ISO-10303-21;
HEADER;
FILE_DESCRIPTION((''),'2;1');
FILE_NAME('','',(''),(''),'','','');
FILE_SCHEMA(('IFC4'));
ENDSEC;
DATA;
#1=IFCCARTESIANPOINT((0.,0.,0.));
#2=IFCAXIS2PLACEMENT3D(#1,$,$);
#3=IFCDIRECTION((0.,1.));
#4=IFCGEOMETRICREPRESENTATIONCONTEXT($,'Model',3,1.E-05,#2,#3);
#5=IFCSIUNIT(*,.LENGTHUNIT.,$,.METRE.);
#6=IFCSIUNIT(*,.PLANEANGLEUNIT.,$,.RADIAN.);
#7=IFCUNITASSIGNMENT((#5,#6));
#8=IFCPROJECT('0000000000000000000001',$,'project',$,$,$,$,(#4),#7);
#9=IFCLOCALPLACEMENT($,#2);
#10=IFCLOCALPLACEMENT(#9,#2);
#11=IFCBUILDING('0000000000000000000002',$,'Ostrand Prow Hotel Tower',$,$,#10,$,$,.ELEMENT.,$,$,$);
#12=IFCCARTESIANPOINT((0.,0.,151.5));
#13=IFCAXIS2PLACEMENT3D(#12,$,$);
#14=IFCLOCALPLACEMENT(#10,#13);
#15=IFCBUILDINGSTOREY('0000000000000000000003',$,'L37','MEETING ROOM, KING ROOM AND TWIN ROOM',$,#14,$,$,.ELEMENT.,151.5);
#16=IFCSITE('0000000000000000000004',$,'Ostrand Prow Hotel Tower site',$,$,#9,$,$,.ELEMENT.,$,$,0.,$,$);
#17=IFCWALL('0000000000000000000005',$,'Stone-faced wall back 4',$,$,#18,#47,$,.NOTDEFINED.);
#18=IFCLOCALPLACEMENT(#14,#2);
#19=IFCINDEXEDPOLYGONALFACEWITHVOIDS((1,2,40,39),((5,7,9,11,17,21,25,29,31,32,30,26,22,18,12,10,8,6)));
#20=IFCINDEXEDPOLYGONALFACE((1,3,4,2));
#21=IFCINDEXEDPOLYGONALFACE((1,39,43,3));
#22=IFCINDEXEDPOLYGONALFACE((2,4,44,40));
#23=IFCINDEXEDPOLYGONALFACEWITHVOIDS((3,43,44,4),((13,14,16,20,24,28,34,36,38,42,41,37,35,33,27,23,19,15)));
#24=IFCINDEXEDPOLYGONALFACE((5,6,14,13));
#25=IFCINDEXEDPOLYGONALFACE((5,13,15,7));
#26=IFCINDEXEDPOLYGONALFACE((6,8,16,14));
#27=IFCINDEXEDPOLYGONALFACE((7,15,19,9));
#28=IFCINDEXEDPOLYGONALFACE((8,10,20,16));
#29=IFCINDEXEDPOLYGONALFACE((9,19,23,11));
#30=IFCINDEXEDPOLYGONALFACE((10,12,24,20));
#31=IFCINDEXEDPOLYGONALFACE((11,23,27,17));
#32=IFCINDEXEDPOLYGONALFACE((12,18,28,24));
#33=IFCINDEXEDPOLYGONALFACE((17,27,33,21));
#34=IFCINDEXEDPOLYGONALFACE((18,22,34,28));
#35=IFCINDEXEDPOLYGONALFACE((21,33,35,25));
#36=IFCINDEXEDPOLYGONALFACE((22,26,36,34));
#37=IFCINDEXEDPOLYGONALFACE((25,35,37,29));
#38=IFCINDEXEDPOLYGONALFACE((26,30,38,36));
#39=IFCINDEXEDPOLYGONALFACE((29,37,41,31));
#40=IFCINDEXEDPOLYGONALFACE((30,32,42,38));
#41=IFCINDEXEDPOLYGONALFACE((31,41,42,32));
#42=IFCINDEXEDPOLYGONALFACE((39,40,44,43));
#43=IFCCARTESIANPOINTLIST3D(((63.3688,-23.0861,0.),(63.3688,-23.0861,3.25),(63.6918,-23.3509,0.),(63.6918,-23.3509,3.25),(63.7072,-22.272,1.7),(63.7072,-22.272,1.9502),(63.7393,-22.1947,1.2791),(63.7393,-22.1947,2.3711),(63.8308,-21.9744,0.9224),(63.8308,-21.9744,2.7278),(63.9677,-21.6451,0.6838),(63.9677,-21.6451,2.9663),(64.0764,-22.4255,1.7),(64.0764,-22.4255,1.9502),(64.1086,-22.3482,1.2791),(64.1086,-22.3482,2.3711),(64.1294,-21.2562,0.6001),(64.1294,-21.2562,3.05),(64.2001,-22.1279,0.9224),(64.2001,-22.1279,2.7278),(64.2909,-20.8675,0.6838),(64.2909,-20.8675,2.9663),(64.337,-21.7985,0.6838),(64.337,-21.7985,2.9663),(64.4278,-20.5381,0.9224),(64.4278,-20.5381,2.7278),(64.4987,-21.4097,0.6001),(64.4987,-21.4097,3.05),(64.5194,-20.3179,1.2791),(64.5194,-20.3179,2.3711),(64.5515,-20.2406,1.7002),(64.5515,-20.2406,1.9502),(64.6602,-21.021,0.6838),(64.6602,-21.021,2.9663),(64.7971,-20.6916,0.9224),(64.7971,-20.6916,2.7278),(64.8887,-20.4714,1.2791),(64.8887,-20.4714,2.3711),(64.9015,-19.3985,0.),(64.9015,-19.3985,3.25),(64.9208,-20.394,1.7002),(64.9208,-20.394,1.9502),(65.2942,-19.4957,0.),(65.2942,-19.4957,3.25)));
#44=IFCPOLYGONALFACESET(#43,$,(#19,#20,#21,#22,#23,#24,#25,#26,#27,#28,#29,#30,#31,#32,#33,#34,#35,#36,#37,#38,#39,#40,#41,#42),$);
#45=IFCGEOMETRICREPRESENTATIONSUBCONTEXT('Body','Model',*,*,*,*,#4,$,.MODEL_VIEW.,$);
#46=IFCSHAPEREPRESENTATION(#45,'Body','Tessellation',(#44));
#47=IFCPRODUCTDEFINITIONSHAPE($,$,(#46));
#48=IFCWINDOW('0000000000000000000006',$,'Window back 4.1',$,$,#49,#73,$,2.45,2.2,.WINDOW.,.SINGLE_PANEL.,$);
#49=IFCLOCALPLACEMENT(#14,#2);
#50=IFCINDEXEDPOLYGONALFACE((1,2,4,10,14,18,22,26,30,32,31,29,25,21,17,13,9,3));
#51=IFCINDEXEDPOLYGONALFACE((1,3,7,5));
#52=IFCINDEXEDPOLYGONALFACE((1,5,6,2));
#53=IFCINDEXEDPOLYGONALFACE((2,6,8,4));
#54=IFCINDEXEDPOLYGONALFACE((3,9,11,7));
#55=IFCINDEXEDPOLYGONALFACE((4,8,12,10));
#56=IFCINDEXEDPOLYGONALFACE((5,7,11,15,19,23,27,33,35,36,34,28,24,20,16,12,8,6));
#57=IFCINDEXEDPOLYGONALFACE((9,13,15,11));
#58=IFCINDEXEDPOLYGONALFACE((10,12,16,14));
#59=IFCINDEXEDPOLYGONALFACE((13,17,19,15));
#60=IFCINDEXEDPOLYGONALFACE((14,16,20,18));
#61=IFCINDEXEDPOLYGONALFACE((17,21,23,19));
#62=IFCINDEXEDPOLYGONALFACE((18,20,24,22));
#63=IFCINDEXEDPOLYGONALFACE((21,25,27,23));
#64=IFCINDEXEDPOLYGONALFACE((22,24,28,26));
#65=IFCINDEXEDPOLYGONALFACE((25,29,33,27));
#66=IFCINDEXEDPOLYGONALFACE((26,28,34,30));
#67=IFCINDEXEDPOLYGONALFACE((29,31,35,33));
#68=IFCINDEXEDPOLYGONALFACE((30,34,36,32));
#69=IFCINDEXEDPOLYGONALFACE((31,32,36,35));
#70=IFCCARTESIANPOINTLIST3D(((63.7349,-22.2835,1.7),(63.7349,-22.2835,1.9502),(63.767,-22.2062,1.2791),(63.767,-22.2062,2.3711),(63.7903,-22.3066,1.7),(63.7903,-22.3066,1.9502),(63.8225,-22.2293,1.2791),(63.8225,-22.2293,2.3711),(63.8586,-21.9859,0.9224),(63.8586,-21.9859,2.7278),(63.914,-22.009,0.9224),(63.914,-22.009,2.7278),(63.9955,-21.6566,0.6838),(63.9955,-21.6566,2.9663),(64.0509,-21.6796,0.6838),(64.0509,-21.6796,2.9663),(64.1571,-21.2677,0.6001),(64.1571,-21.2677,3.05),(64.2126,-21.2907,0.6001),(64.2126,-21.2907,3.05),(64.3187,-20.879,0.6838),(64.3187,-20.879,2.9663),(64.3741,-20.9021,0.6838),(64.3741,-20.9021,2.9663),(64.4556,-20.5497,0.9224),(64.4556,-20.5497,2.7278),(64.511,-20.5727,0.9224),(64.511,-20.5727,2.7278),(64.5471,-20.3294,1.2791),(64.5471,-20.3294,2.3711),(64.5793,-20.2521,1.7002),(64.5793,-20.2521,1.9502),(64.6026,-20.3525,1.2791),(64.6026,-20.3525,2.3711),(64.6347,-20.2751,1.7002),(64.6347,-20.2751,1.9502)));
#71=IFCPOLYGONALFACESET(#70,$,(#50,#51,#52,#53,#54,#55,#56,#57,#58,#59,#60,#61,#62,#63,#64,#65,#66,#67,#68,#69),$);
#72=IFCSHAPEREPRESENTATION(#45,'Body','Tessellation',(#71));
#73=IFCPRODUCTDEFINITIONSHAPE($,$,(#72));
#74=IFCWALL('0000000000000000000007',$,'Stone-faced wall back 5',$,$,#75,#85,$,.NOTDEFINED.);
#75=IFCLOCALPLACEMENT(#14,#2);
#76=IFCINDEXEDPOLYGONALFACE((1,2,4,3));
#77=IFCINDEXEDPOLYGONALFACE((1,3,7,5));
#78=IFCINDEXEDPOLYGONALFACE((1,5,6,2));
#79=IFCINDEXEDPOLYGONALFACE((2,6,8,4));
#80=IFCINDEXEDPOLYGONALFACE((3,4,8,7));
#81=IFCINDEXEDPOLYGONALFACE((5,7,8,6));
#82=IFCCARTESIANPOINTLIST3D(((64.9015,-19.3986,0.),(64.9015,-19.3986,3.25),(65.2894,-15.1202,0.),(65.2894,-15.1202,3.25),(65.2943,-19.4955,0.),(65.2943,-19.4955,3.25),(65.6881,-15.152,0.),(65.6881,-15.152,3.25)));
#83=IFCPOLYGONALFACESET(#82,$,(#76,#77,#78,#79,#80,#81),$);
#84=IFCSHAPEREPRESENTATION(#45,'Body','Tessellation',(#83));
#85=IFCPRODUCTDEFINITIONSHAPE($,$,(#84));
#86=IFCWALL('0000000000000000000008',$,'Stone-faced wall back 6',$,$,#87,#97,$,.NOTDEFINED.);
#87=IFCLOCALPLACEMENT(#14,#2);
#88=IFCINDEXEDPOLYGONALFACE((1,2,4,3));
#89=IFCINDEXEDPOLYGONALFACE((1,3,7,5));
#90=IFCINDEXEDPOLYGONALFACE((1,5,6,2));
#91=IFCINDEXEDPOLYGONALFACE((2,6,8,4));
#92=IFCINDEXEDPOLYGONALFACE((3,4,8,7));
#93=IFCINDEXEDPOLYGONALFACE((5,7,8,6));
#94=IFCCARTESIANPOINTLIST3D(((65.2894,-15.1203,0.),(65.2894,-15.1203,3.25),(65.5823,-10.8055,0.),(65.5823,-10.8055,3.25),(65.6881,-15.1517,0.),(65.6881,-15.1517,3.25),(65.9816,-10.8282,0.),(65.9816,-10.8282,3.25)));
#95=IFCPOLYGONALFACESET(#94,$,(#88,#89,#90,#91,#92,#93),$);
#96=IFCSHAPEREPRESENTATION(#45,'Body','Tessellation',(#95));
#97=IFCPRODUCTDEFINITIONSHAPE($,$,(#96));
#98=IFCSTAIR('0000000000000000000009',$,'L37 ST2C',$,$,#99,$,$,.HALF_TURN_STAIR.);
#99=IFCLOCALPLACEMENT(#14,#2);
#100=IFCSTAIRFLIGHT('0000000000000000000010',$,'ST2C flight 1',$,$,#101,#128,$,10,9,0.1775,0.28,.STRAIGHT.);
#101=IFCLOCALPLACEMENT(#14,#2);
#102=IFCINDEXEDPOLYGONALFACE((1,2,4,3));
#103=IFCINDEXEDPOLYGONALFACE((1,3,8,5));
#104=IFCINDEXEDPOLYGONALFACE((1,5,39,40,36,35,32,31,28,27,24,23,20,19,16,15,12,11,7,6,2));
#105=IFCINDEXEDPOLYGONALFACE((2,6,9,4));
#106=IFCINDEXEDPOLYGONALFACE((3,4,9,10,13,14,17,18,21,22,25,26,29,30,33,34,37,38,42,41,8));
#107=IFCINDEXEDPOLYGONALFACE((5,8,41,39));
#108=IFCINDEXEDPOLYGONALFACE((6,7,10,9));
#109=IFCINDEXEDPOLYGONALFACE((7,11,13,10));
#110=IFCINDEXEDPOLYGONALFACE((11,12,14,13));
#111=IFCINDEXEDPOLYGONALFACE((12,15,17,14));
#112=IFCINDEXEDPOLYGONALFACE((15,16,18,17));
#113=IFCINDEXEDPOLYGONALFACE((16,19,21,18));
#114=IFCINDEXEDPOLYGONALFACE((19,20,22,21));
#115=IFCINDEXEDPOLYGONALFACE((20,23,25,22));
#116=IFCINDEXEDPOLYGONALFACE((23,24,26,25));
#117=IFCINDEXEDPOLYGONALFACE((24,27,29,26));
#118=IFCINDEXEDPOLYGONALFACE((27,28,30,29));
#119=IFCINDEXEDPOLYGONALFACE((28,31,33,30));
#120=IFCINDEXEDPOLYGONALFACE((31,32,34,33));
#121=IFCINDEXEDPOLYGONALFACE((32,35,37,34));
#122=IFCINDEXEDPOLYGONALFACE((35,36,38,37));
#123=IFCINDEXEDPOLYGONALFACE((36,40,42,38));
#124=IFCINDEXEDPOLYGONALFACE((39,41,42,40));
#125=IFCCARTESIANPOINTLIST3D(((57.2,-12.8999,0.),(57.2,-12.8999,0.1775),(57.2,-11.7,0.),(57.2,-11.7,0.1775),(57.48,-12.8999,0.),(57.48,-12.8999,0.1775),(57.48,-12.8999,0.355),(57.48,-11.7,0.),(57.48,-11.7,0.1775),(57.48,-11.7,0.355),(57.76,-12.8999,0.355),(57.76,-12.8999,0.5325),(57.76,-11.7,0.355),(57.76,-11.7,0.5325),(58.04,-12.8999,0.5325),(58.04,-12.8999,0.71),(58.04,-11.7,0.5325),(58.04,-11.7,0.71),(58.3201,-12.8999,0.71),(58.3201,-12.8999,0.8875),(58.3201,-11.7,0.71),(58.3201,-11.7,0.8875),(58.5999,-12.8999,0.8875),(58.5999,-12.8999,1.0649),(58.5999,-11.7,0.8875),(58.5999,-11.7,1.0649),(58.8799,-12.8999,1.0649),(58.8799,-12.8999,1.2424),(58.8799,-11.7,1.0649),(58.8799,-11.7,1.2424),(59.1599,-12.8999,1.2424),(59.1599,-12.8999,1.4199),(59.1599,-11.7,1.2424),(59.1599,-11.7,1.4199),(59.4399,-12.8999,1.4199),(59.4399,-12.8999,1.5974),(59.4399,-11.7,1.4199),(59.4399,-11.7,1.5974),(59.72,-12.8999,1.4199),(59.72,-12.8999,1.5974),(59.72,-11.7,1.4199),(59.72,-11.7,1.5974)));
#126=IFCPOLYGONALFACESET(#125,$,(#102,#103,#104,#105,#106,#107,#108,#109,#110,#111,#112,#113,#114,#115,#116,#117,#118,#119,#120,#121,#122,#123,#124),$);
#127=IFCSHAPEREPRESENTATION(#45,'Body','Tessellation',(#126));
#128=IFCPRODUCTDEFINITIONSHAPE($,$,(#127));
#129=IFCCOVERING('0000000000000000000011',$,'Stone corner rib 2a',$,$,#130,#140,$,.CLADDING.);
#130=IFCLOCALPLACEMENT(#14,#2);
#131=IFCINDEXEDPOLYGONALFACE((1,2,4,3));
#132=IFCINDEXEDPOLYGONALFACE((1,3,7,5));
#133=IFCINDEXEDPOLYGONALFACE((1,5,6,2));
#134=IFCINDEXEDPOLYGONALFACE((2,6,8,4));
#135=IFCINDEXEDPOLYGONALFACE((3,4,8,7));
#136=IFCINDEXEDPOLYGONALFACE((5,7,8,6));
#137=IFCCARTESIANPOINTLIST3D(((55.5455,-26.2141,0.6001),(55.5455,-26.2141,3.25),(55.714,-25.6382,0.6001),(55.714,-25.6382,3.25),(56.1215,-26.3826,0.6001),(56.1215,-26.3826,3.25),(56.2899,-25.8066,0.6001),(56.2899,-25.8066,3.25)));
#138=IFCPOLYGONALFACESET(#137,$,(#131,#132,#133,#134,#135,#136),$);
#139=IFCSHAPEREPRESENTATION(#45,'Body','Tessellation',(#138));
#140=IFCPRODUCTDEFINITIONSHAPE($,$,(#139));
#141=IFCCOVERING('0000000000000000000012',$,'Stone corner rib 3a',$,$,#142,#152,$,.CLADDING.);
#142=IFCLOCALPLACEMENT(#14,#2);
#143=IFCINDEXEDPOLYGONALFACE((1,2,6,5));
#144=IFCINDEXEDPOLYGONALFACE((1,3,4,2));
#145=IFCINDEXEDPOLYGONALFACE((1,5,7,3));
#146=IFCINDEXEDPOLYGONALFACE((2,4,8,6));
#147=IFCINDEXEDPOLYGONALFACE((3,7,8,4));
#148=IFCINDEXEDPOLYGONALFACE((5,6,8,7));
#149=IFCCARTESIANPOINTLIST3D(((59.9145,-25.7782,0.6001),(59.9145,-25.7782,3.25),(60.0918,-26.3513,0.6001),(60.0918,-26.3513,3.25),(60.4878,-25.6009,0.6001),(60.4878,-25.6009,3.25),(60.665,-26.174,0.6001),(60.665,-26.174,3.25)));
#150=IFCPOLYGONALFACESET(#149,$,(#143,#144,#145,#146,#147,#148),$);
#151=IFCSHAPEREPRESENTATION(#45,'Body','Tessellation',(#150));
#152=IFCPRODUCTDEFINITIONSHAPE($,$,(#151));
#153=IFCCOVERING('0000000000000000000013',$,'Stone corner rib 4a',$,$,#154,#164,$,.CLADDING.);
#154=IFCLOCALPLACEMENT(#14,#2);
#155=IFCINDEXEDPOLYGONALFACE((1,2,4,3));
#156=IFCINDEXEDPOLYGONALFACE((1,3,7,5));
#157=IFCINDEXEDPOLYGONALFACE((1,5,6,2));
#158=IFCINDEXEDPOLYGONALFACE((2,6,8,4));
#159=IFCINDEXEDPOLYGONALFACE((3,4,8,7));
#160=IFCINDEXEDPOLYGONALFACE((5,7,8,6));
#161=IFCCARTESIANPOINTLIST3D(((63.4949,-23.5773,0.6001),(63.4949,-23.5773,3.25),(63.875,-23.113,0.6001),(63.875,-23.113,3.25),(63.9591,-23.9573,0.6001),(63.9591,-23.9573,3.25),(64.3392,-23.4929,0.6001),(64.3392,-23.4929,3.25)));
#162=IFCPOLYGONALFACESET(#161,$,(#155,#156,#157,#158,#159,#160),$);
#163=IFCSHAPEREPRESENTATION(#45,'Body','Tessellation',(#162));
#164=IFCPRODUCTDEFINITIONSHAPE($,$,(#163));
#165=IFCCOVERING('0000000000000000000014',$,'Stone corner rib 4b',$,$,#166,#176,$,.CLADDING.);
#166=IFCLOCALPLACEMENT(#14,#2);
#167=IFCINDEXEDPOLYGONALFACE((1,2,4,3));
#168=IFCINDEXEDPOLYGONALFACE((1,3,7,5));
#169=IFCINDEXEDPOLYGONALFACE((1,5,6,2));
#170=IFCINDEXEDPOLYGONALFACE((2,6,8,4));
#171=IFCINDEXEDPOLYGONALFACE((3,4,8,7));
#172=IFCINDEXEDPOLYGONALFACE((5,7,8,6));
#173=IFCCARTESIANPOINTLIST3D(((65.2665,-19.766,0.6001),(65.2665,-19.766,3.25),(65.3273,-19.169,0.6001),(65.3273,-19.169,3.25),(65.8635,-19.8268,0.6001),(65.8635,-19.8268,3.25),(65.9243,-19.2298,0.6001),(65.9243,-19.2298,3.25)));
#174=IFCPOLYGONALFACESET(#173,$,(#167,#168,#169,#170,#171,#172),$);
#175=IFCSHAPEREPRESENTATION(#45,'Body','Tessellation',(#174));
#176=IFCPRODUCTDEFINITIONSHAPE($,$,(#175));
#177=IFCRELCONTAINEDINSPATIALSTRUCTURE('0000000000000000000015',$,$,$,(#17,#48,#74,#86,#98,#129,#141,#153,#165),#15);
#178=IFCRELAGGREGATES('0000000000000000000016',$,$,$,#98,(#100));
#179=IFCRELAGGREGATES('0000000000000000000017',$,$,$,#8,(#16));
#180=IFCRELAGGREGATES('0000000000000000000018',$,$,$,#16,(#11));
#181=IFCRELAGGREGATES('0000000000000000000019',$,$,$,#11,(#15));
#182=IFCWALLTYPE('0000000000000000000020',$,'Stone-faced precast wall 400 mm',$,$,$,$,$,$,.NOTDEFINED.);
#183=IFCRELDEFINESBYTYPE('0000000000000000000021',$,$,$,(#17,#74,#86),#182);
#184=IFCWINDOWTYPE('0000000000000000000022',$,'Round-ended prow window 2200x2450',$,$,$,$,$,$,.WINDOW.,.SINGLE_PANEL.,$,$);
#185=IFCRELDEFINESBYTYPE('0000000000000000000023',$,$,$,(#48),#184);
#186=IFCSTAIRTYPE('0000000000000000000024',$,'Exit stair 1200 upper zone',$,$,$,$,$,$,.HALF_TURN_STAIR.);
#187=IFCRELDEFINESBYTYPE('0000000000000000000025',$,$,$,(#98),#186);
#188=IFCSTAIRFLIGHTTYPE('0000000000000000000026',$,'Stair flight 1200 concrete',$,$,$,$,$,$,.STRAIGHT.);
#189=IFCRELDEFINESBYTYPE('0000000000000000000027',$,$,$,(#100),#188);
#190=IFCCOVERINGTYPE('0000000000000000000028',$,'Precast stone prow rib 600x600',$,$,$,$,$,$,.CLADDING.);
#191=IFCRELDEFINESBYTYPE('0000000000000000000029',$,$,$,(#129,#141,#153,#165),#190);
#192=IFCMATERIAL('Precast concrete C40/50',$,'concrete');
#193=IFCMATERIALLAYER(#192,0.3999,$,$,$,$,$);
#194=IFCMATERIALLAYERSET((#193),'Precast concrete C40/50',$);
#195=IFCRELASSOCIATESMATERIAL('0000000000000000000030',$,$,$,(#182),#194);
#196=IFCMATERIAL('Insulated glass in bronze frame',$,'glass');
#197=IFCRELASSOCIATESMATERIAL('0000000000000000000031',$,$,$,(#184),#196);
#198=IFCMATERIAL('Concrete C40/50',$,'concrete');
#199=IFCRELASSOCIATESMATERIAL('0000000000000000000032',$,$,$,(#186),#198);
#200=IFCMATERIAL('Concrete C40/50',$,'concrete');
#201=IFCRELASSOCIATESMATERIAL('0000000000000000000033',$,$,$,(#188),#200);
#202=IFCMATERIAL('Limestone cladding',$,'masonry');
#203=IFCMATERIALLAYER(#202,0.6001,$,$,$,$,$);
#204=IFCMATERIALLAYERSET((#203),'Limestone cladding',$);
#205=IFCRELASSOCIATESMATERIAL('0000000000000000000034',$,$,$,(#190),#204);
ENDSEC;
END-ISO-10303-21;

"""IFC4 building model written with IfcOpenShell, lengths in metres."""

from ifc_helpers import new_model, si_unit, direction, frame, frame_2d, origin, place, context, subcontext, project, spatial, polyline, rectangle, outline, extrude, material, layer, layer_set, type_object, element, fill, aggregate, save


model = new_model("IFC4")

# Units and contexts
model_context = context("Model", 3, precision=1e-05, world=origin(), true_north=direction((0.0, 1.0)))
body_context = subcontext(model_context, "Body", "Model", "MODEL_VIEW")
ifc_project = project(units=[si_unit("LENGTHUNIT", "METRE"), si_unit("PLANEANGLEUNIT", "RADIAN")], contexts=[model_context])

# Site, building, storey
site_placement = place(None, origin())
site = spatial("IfcSite", under=ifc_project, at=site_placement, Name="Ostrand Prow Hotel Tower site", CompositionType="ELEMENT", RefElevation=0.0)
building_placement = place(site_placement, origin())
building = spatial("IfcBuilding", under=site, at=building_placement, Name="Ostrand Prow Hotel Tower", CompositionType="ELEMENT")
storey_placement = place(building_placement, frame((0.0, 0.0, 151.5)))
storey = spatial("IfcBuildingStorey", under=building, at=storey_placement, Name="L37", Description="MEETING ROOM, KING ROOM AND TWIN ROOM", CompositionType="ELEMENT", Elevation=151.5)

# Wall, opening, window
ifc_material_1 = material(Name="Precast concrete C40/50", Category="concrete")
ifc_layer_1 = layer(ifc_material_1, 0.3999)
ifc_layer_set_1 = layer_set([ifc_layer_1], Name="Precast concrete C40/50")
wall_type_1 = type_object("IfcWallType", Name="Stone-faced precast wall 400 mm", PredefinedType="NOTDEFINED", material=ifc_layer_set_1)
ifc_material_2 = material(Name="Insulated glass in bronze frame", Category="glass")
window_type = type_object("IfcWindowType", Name="Round-ended prow window 2200x2450", PartitioningType="SINGLE_PANEL", PredefinedType="WINDOW", material=ifc_material_2)
wall_1_placement = place(storey_placement, frame((63.5303, -23.2185, 0.0), z_axis=(0.0, 0.0, 1.0), x_axis=(0.383817, 0.923409, 0.0)))
wall_1 = element("IfcWall", 1, at=wall_1_placement, inside=storey, type_object=wall_type_1, Name="Stone-faced wall back 4", PredefinedType="NOTDEFINED", context=body_context, shape_type="SweptSolid", body=[
    extrude(outline(polyline([(-0.0603, -0.2), (4.1147, -0.2), (4.0537, 0.2), (0.0603, 0.2), (-0.0603, -0.2)])), origin(), (0.0, 0.0, 1.0), 3.25),
])
opening_1_placement = place(wall_1_placement, frame((0.9419, 0.0, 0.6001)))
opening_1 = element("IfcOpeningElement", 2, at=opening_1_placement, cuts=wall_1, PredefinedType="OPENING", context=body_context, shape_type="SweptSolid", body=[
    extrude(outline(polyline([(0.0, 1.3501), (0.0837, 1.771), (0.3223, 2.1277), (0.679, 2.3662), (1.1001, 2.45), (1.521, 2.3662), (1.8777, 2.1277), (2.1162, 1.771), (2.2, 1.3501), (2.2, 1.1001), (2.1162, 0.679), (1.8777, 0.3223), (1.521, 0.0837), (1.1001, 0.0), (0.679, 0.0837), (0.3223, 0.3223), (0.0837, 0.679), (0.0, 1.0999), (0.0, 1.3501)])), frame((0.0, 0.21, 0.0), z_axis=(0.0, -1.0, 0.0), x_axis=(1.0, 0.0, 0.0)), (0.0, 0.0, 1.0), 0.4199),
])
window_1_placement = place(opening_1_placement, origin())
window_1 = element("IfcWindow", 3, at=window_1_placement, inside=storey, type_object=window_type, Name="Window back 4.1", OverallHeight=2.45, OverallWidth=2.2, PartitioningType="SINGLE_PANEL", PredefinedType="WINDOW", context=body_context, shape_type="SweptSolid", body=[
    extrude(outline(polyline([(0.0, 1.3501), (0.0837, 1.771), (0.3223, 2.1277), (0.679, 2.3662), (1.1001, 2.45), (1.521, 2.3662), (1.8777, 2.1277), (2.1162, 1.771), (2.2, 1.3501), (2.2, 1.1001), (2.1162, 0.679), (1.8777, 0.3223), (1.521, 0.0837), (1.1001, 0.0), (0.679, 0.0837), (0.3223, 0.3223), (0.0837, 0.679), (0.0, 1.0999), (0.0, 1.3501)])), frame((0.0, 0.1699, 0.0), z_axis=(0.0, -1.0, 0.0), x_axis=(1.0, 0.0, 0.0)), (0.0, 0.0, 1.0), 0.0601),
])
fill(opening_1, window_1)

# Walls
wall_2_placement = place(storey_placement, frame((65.0979, -19.447, 0.0), z_axis=(0.0, 0.0, 1.0), x_axis=(0.090297, 0.995915, 0.0)))
element("IfcWall", 4, at=wall_2_placement, inside=storey, type_object=wall_type_1, Name="Stone-faced wall back 5", PredefinedType="NOTDEFINED", context=body_context, shape_type="SweptSolid", body=[
    extrude(outline(polyline([(-0.0305, -0.2), (4.3308, -0.2), (4.3264, 0.2), (0.0305, 0.2), (-0.0305, -0.2)])), origin(), (0.0, 0.0, 1.0), 3.25),
])
wall_3_placement = place(storey_placement, frame((65.4888, -15.136, 0.0), z_axis=(0.0, 0.0, 1.0), x_axis=(0.067732, 0.997704, 0.0)))
element("IfcWall", 5, at=wall_3_placement, inside=storey, type_object=wall_type_1, Name="Stone-faced wall back 6", PredefinedType="NOTDEFINED", context=body_context, shape_type="SweptSolid", body=[
    extrude(outline(polyline([(-0.0022, -0.2), (4.3313, -0.2), (4.3269, 0.2), (0.0022, 0.2), (-0.0022, -0.2)])), origin(), (0.0, 0.0, 1.0), 3.25),
])

# Stair, stair flight
ifc_material_3 = material(Name="Concrete C40/50", Category="concrete")
stair_type = type_object("IfcStairType", Name="Exit stair 1200 upper zone", PredefinedType="HALF_TURN_STAIR", material=ifc_material_3)
stair_placement = place(storey_placement, origin())
stair = element("IfcStair", 6, at=stair_placement, inside=storey, type_object=stair_type, Name="L37 ST2C", PredefinedType="HALF_TURN_STAIR")
ifc_material_4 = material(Name="Concrete C40/50", Category="concrete")
stair_flight_type = type_object("IfcStairFlightType", Name="Stair flight 1200 concrete", PredefinedType="STRAIGHT", material=ifc_material_4)
stair_flight_placement = place(storey_placement, frame((57.2, -12.3, 0.0), z_axis=(0.0, 0.0, 1.0), x_axis=(1.0, 0.0, 0.0)))
stair_flight = element("IfcStairFlight", 7, at=stair_flight_placement, type_object=stair_flight_type, Name="ST2C flight 1", NumberOfRisers=10, NumberOfTreads=9, PredefinedType="STRAIGHT", RiserHeight=0.1775, TreadLength=0.28, context=body_context, shape_type="SweptSolid", body=[
    extrude(outline(polyline([(0.0, 0.0), (0.0, 0.1775), (0.28, 0.1775), (0.28, 0.355), (0.5601, 0.355), (0.5601, 0.5325), (0.8401, 0.5325), (0.8401, 0.71), (1.1201, 0.71), (1.1201, 0.8875), (1.3999, 0.8875), (1.3999, 1.0649), (1.6799, 1.0649), (1.6799, 1.2424), (1.96, 1.2424), (1.96, 1.4199), (2.24, 1.4199), (2.24, 1.5974), (2.52, 1.5974), (2.52, 1.7749), (2.52, 1.4199), (0.28, 0.0), (0.0, 0.0)])), frame((0.0, 0.6001, 0.0), z_axis=(0.0, -1.0, 0.0), x_axis=(1.0, 0.0, 0.0)), (0.0, 0.0, 1.0), 1.2),
])
aggregate(stair, [stair_flight])

# Coverings
ifc_material_5 = material(Name="Limestone cladding", Category="masonry")
ifc_layer_2 = layer(ifc_material_5, 0.6001)
ifc_layer_set_2 = layer_set([ifc_layer_2], Name="Limestone cladding")
covering_type = type_object("IfcCoveringType", Name="Precast stone prow rib 600x600", PredefinedType="CLADDING", material=ifc_layer_set_2)
covering_1_placement = place(storey_placement, frame((56.002, -25.7224, 0.6001), z_axis=(0.0, 0.0, 1.0), x_axis=(-0.280734, -0.959786, 0.0)))
element("IfcCovering", 8, at=covering_1_placement, inside=storey, type_object=covering_type, Name="Stone corner rib 2a", PredefinedType="CLADDING", context=body_context, shape_type="SweptSolid", body=[
    extrude(rectangle(XDim=0.6001, YDim=0.6001, at=frame_2d((0.3, 0.0))), origin(), (0.0, 0.0, 1.0), 2.6499),
])
for number, where, z_axis, x_axis, name in (
    (9, (60.2012, -25.6897, 0.6001), (0.0, 0.0, 1.0), (0.295516, -0.955338, 0.0), "Stone corner rib 3a"),
    (10, (63.6851, -23.3452, 0.6001), (0.0, 0.0, 1.0), (0.77383, -0.633393, 0.0), "Stone corner rib 4a"),
):
    element("IfcCovering", number, at=place(storey_placement, frame(where, z_axis=z_axis, x_axis=x_axis)), inside=storey, type_object=covering_type, Name=name, PredefinedType="CLADDING", context=body_context, shape_type="SweptSolid", body=[
        extrude(rectangle(XDim=0.5999, YDim=0.6001, at=frame_2d((0.2998, 0.0))), origin(), (0.0, 0.0, 1.0), 2.6499),
    ])
covering_2_placement = place(storey_placement, frame((65.2969, -19.4675, 0.6001), z_axis=(0.0, 0.0, 1.0), x_axis=(0.994854, -0.101316, 0.0)))
element("IfcCovering", 11, at=covering_2_placement, inside=storey, type_object=covering_type, Name="Stone corner rib 4b", PredefinedType="CLADDING", context=body_context, shape_type="SweptSolid", body=[
    extrude(rectangle(XDim=0.6001, YDim=0.6001, at=frame_2d((0.3, 0.0))), origin(), (0.0, 0.0, 1.0), 2.6499),
])

save(model, "model.ifc")
